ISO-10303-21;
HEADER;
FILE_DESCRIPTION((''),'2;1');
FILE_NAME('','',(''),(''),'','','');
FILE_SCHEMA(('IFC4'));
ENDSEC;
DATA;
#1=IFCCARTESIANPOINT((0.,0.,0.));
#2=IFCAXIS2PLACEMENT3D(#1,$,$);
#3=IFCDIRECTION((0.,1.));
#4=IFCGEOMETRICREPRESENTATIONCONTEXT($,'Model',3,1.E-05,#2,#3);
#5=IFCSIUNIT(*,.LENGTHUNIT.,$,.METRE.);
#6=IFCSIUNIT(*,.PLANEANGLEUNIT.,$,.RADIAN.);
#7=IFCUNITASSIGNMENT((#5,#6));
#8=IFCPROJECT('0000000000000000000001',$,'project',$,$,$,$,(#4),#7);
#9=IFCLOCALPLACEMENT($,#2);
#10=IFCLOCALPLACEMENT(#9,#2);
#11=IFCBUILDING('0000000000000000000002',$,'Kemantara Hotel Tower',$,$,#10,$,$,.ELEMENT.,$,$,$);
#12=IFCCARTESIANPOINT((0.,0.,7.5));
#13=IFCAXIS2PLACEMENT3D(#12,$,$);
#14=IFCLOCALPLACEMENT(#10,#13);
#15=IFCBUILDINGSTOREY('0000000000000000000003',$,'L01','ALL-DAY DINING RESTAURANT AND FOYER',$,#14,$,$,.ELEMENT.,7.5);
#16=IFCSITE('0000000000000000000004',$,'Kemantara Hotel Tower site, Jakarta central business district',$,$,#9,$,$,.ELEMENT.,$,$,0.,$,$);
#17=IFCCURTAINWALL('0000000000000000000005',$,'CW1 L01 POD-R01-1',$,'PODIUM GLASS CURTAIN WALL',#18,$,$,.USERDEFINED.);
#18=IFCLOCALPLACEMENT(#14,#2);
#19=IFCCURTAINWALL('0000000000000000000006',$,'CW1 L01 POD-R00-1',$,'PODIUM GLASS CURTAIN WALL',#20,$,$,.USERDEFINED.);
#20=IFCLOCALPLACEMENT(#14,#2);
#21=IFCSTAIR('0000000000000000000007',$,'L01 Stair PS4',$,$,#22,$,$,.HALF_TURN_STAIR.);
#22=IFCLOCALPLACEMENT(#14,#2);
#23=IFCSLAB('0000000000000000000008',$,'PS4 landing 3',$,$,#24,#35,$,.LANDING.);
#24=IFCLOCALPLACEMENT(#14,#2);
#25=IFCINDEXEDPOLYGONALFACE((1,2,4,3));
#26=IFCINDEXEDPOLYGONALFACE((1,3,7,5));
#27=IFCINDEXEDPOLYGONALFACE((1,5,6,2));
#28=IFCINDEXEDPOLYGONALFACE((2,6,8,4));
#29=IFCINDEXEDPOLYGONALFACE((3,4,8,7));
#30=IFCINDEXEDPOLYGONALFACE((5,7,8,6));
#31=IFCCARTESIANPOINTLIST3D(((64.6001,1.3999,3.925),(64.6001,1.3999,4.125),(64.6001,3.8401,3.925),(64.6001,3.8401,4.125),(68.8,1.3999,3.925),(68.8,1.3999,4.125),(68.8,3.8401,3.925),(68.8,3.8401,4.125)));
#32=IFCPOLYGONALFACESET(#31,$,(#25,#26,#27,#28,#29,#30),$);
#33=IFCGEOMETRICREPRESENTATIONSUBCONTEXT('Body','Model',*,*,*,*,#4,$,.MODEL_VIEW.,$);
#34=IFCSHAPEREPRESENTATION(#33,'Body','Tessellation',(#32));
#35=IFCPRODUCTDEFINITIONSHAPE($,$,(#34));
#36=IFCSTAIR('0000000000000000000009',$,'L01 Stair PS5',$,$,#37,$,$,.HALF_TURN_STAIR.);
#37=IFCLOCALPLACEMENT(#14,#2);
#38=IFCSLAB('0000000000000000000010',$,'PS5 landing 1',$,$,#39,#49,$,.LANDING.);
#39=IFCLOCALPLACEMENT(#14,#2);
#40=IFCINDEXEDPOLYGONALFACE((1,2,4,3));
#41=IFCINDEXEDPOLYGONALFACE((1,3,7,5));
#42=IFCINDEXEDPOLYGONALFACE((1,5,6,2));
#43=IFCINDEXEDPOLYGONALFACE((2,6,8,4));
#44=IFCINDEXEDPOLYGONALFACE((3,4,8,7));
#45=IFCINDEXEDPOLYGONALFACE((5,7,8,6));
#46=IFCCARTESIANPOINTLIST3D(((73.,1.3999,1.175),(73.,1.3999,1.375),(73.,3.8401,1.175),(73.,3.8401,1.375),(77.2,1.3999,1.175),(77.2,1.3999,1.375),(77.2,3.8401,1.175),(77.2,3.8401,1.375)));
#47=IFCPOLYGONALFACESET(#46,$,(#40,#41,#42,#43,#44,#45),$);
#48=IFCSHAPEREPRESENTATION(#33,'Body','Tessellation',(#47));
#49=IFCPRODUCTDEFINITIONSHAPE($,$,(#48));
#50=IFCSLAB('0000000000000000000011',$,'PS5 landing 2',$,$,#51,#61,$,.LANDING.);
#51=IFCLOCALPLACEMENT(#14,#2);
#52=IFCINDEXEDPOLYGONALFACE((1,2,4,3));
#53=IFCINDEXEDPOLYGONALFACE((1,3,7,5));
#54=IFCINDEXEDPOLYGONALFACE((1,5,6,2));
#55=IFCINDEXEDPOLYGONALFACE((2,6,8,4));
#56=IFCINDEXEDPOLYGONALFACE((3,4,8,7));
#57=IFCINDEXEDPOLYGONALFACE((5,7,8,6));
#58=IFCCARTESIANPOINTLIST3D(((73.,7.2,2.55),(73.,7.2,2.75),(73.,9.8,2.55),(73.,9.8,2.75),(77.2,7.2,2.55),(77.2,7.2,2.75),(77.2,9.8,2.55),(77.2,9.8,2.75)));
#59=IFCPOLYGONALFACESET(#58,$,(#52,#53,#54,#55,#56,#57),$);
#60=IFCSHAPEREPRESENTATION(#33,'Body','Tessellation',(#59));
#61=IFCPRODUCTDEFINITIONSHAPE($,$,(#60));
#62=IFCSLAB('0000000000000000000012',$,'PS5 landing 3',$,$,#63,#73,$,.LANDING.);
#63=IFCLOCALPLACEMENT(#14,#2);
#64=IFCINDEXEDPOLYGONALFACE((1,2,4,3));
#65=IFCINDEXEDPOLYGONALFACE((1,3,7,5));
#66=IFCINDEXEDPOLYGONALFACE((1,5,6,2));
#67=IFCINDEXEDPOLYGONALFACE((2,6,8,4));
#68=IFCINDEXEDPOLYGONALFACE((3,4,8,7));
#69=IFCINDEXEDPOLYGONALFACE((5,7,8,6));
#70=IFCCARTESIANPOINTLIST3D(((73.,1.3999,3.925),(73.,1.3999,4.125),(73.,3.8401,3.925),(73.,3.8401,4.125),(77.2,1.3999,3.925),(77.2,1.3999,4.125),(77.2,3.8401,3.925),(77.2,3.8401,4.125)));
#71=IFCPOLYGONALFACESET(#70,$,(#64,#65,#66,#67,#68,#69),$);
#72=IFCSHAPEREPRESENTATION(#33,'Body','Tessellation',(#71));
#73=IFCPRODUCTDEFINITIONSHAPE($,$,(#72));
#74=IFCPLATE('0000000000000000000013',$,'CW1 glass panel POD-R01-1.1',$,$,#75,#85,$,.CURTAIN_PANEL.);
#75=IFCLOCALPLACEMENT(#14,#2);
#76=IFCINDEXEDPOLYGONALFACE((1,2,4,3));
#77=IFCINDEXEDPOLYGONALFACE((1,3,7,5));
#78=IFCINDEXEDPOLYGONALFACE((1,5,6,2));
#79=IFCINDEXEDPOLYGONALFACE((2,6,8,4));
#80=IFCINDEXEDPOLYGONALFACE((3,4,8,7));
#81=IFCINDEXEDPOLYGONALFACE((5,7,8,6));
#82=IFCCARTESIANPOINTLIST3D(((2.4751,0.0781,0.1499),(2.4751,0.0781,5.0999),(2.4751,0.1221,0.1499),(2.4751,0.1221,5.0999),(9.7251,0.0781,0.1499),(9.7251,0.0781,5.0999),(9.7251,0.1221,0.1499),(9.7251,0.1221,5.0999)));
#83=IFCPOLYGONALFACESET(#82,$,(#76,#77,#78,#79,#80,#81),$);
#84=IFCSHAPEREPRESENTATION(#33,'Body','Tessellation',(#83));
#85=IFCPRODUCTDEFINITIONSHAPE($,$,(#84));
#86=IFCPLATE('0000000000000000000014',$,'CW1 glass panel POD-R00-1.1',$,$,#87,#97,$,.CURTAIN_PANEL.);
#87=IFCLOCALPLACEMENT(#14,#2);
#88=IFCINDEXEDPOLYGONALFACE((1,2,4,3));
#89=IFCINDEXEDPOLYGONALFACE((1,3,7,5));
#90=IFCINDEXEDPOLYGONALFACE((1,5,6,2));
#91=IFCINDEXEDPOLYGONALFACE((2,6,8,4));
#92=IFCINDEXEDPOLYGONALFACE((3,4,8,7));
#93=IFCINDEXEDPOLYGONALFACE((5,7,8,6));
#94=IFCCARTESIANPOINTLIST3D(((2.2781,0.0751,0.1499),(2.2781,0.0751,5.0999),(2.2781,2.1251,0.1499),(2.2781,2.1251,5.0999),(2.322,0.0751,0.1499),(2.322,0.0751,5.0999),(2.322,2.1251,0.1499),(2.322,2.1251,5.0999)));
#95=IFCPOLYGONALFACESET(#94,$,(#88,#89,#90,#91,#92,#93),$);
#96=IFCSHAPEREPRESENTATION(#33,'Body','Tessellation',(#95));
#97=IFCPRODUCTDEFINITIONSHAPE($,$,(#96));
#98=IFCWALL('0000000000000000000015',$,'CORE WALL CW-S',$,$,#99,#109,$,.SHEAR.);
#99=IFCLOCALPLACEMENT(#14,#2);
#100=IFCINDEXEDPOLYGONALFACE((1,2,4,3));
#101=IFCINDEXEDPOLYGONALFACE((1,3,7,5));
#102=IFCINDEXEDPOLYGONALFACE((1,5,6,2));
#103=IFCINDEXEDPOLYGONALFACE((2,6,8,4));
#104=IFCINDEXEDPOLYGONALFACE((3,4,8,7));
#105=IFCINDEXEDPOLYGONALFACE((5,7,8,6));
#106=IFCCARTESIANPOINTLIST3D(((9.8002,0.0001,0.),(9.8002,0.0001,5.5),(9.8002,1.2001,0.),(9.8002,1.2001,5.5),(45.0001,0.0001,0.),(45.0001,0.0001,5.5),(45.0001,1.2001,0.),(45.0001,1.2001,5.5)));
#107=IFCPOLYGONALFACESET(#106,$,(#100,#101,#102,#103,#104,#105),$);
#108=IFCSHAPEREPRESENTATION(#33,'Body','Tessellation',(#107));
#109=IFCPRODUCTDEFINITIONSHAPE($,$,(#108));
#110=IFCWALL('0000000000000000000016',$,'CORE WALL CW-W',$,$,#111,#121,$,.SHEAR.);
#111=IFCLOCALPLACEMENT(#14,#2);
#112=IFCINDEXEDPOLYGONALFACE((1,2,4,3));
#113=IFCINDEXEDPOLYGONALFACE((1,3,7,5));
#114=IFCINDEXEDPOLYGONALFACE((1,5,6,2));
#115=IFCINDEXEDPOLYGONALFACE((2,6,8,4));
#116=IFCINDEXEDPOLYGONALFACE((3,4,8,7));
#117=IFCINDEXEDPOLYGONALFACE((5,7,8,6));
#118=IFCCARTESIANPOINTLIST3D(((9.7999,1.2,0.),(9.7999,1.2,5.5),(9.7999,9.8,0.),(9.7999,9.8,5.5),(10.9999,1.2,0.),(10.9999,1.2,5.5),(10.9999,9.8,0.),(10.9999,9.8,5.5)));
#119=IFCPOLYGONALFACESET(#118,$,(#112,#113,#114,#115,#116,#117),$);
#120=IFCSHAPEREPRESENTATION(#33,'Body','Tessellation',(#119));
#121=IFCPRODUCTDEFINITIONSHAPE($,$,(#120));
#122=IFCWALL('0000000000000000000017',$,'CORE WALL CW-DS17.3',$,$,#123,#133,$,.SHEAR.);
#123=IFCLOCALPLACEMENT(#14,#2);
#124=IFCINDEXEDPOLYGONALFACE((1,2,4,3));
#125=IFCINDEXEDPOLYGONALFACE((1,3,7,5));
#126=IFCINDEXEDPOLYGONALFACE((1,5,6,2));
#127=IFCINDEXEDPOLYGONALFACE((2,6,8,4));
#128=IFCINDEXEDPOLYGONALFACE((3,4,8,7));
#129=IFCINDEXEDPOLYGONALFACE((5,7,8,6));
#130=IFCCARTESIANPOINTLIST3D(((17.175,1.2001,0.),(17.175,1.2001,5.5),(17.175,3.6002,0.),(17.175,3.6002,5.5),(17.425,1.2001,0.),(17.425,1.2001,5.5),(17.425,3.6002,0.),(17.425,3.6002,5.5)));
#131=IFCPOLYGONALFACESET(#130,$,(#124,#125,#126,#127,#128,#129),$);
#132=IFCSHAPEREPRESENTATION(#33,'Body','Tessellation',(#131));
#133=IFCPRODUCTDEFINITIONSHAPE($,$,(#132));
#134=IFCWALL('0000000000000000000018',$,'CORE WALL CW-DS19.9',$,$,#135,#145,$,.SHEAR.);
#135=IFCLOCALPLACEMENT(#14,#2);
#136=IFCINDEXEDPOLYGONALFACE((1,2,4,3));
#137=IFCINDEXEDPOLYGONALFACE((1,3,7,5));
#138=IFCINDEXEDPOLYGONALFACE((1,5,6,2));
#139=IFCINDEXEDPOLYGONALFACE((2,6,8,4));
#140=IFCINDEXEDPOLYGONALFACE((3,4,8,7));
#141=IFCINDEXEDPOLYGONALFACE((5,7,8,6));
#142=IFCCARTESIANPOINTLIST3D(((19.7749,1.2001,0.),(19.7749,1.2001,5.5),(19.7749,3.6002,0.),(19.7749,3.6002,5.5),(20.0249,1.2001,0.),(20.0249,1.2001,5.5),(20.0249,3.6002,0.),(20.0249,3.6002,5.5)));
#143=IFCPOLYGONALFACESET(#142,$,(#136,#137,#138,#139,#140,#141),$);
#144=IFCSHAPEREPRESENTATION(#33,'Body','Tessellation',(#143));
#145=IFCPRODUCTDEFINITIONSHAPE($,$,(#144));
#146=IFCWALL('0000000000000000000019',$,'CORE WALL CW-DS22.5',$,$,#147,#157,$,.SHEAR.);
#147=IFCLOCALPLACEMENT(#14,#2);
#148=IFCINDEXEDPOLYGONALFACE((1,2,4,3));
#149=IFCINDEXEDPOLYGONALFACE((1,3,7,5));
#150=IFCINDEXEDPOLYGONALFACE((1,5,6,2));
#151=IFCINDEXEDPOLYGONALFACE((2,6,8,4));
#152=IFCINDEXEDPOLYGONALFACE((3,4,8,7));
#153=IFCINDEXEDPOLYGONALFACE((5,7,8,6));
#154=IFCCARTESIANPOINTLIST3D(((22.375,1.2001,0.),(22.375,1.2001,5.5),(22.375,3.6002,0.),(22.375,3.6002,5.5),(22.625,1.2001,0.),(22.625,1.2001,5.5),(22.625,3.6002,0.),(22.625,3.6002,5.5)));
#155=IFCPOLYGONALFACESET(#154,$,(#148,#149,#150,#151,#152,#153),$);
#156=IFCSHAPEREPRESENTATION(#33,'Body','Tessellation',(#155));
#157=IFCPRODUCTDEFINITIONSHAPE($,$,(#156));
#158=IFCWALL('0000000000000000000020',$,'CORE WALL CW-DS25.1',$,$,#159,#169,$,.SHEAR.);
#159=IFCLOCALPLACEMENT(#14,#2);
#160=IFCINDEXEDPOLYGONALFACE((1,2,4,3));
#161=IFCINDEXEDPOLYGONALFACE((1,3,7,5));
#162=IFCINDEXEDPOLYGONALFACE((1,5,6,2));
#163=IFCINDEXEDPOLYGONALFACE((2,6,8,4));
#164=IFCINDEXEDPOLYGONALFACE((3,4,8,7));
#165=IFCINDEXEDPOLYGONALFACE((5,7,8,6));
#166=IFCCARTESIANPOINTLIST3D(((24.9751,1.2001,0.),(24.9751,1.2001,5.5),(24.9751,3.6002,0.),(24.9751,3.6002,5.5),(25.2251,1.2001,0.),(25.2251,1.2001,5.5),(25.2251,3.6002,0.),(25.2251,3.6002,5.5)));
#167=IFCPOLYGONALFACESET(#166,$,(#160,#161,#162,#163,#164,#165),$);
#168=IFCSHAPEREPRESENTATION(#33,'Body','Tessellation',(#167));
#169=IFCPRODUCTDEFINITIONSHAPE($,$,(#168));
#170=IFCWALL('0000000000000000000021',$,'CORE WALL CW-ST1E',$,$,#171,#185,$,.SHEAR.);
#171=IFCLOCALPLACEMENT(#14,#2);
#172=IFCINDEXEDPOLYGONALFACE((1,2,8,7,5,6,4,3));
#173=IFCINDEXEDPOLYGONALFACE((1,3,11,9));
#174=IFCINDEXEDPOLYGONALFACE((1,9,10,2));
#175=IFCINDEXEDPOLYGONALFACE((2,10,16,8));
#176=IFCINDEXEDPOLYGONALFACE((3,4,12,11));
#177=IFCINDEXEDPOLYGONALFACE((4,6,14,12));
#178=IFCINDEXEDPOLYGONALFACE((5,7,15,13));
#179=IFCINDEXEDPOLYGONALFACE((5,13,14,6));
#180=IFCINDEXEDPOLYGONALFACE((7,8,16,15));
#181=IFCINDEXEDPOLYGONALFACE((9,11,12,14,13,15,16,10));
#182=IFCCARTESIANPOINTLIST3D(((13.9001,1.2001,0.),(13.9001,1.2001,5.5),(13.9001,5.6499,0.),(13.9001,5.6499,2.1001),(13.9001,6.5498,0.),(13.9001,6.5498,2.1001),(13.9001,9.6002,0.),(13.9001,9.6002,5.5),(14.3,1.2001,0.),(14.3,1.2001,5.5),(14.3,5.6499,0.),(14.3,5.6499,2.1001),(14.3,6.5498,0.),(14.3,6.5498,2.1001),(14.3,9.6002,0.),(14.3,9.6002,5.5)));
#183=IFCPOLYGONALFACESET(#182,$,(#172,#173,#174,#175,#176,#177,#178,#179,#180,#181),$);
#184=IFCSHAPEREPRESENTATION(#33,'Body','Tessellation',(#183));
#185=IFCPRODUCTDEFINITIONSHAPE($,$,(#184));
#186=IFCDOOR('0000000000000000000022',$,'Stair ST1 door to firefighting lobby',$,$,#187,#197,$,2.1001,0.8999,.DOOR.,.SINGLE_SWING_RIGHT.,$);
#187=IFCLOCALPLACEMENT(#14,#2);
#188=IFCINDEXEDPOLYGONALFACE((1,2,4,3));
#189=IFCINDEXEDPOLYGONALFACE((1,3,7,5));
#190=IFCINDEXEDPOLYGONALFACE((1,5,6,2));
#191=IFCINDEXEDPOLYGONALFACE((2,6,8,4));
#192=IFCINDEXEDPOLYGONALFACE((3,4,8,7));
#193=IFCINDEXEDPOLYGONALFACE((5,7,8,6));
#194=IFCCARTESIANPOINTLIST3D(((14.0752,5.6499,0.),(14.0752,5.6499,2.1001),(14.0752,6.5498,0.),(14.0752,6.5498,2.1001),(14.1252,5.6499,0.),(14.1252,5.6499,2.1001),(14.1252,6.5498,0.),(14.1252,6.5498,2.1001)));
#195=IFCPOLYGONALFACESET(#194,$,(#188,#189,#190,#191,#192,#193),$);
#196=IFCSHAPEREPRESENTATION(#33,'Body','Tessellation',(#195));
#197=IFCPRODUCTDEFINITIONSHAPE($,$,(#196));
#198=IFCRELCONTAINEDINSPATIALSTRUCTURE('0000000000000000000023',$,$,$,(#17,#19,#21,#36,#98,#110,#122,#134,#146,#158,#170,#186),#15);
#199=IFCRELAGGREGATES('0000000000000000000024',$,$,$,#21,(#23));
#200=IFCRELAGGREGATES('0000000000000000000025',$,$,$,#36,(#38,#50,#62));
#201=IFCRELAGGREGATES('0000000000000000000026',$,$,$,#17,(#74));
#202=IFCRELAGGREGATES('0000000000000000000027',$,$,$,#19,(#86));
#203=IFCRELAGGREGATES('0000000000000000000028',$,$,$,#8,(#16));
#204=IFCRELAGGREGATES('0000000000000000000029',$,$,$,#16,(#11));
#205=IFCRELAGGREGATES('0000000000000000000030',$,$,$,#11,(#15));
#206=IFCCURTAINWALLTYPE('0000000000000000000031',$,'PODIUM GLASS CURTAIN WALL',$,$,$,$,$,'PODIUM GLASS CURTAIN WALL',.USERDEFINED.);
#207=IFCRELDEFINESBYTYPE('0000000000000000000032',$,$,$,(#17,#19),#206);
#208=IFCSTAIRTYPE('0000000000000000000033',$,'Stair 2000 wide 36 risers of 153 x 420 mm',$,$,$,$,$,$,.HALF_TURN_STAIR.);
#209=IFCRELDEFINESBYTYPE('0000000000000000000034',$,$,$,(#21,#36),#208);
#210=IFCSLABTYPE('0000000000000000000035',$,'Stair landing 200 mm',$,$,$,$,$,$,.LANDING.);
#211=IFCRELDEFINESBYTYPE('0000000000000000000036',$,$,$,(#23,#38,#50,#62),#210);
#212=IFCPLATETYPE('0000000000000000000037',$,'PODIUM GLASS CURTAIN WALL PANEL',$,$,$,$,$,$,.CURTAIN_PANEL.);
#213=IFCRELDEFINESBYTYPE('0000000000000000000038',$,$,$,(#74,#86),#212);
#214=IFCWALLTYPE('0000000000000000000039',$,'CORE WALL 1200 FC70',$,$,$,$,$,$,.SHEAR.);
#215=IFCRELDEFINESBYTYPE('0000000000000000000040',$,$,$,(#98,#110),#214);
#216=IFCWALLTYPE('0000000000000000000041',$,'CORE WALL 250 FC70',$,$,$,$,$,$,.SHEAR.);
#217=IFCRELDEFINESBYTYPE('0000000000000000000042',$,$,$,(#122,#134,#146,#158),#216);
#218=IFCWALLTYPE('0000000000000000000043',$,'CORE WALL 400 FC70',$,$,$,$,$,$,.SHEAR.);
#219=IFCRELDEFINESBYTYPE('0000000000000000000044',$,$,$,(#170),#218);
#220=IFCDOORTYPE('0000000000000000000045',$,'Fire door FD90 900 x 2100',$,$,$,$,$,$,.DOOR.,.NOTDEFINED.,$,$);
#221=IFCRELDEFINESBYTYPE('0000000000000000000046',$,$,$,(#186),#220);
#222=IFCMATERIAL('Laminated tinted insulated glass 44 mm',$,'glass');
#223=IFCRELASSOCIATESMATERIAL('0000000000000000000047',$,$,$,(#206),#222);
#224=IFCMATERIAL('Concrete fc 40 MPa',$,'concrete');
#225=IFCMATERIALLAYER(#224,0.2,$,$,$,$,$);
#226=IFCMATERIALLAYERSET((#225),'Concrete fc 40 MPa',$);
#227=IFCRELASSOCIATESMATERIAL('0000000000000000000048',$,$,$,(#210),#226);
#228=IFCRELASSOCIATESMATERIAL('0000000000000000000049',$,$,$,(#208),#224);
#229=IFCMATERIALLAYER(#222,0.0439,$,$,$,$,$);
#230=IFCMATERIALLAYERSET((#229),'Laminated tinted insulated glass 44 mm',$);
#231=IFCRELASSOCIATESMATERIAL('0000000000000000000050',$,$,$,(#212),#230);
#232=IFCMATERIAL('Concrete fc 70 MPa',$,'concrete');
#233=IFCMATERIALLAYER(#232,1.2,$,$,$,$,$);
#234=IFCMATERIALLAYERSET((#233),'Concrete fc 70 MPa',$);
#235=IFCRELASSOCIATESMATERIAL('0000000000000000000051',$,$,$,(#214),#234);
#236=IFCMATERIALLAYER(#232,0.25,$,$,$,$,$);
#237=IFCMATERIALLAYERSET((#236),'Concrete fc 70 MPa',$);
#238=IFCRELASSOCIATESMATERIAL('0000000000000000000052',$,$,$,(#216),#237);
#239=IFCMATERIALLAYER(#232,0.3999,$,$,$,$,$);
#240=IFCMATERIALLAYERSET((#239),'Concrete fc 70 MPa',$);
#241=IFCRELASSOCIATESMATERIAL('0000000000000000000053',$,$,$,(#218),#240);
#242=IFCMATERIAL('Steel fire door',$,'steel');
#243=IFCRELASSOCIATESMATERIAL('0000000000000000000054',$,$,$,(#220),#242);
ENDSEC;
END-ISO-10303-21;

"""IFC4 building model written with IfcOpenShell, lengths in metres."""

from ifc_helpers import new_model, si_unit, direction, frame, frame_2d, origin, origin_2d, place, context, subcontext, project, spatial, polyline, rectangle, outline, extrude, source, transform, mapped, material, layer, layer_set, type_object, element, fill, aggregate, save


model = new_model("IFC4")

# Units and contexts
model_context = context("Model", 3, precision=1e-05, world=origin(), true_north=direction((0.0, 1.0)))
body_context = subcontext(model_context, "Body", "Model", "MODEL_VIEW")
ifc_project = project(units=[si_unit("LENGTHUNIT", "METRE"), si_unit("PLANEANGLEUNIT", "RADIAN")], contexts=[model_context])

# Site, building, storey
site_placement = place(None, origin())
site = spatial("IfcSite", under=ifc_project, at=site_placement, Name="Kemantara Hotel Tower site, Jakarta central business district", CompositionType="ELEMENT", RefElevation=0.0)
building_placement = place(site_placement, origin())
building = spatial("IfcBuilding", under=site, at=building_placement, Name="Kemantara Hotel Tower", CompositionType="ELEMENT")
storey_placement = place(building_placement, frame((0.0, 0.0, 7.5)))
storey = spatial("IfcBuildingStorey", under=building, at=storey_placement, Name="L01", Description="ALL-DAY DINING RESTAURANT AND FOYER", CompositionType="ELEMENT", Elevation=7.5)

# Curtain walls
ifc_material_1 = material(Name="Laminated tinted insulated glass 44 mm", Category="glass")
curtain_wall_type = type_object("IfcCurtainWallType", Name="PODIUM GLASS CURTAIN WALL", ElementType="PODIUM GLASS CURTAIN WALL", PredefinedType="USERDEFINED", material=ifc_material_1)
curtain_wall_1_placement = place(storey_placement, origin())
curtain_wall_1 = element("IfcCurtainWall", 1, at=curtain_wall_1_placement, inside=storey, type_object=curtain_wall_type, Name="CW1 L01 POD-R01-1", ObjectType="PODIUM GLASS CURTAIN WALL", PredefinedType="USERDEFINED")
curtain_wall_2_placement = place(storey_placement, origin())
curtain_wall_2 = element("IfcCurtainWall", 2, at=curtain_wall_2_placement, inside=storey, type_object=curtain_wall_type, Name="CW1 L01 POD-R00-1", ObjectType="PODIUM GLASS CURTAIN WALL", PredefinedType="USERDEFINED")

# Shared definitions
ifc_material_2 = material(Name="Concrete fc 40 MPa", Category="concrete")
ifc_layer_1 = layer(ifc_material_2, 0.2)
ifc_layer_set_1 = layer_set([ifc_layer_1], Name="Concrete fc 40 MPa")
slab_type = type_object("IfcSlabType", Name="Stair landing 200 mm", PredefinedType="LANDING", material=ifc_layer_set_1)

# Stairs, slabs
stair_type_1 = type_object("IfcStairType", Name="Stair 2000 wide 36 risers of 153 x 420 mm", PredefinedType="HALF_TURN_STAIR", material=ifc_material_2)
stair_1_placement = place(storey_placement, origin())
stair_1 = element("IfcStair", 3, at=stair_1_placement, inside=storey, type_object=stair_type_1, Name="L01 Stair PS4", PredefinedType="HALF_TURN_STAIR")
slab_1_placement = place(storey_placement, frame((0.0, 0.0, 3.925)))
slab_1 = element("IfcSlab", 4, at=slab_1_placement, type_object=slab_type, Name="PS4 landing 3", PredefinedType="LANDING", context=body_context, shape_type="SweptSolid", body=[
    extrude(outline(polyline([(64.6001, 3.8401), (64.6001, 1.3999), (68.8, 1.3999), (68.8, 3.8401), (64.6001, 3.8401)])), origin(), (0.0, 0.0, 1.0), 0.2),
])
aggregate(stair_1, [slab_1])
stair_2_placement = place(storey_placement, origin())
stair_2 = element("IfcStair", 5, at=stair_2_placement, inside=storey, type_object=stair_type_1, Name="L01 Stair PS5", PredefinedType="HALF_TURN_STAIR")
slab_2_placement = place(storey_placement, frame((0.0, 0.0, 1.175)))
slab_2 = element("IfcSlab", 6, at=slab_2_placement, type_object=slab_type, Name="PS5 landing 1", PredefinedType="LANDING", context=body_context, shape_type="SweptSolid", body=[
    extrude(outline(polyline([(73.0, 3.8401), (73.0, 1.3999), (77.2, 1.3999), (77.2, 3.8401), (73.0, 3.8401)])), origin(), (0.0, 0.0, 1.0), 0.2),
])
slab_3_placement = place(storey_placement, frame((0.0, 0.0, 2.55)))
slab_3 = element("IfcSlab", 7, at=slab_3_placement, type_object=slab_type, Name="PS5 landing 2", PredefinedType="LANDING", context=body_context, shape_type="SweptSolid", body=[
    extrude(outline(polyline([(73.0, 9.8), (73.0, 7.2), (77.2, 7.2), (77.2, 9.8), (73.0, 9.8)])), origin(), (0.0, 0.0, 1.0), 0.2),
])
slab_4_placement = place(storey_placement, frame((0.0, 0.0, 3.925)))
slab_4 = element("IfcSlab", 8, at=slab_4_placement, type_object=slab_type, Name="PS5 landing 3", PredefinedType="LANDING", context=body_context, shape_type="SweptSolid", body=[
    extrude(outline(polyline([(73.0, 3.8401), (73.0, 1.3999), (77.2, 1.3999), (77.2, 3.8401), (73.0, 3.8401)])), origin(), (0.0, 0.0, 1.0), 0.2),
])
aggregate(stair_2, [slab_2, slab_3, slab_4])

# Plates
ifc_layer_2 = layer(ifc_material_1, 0.0439)
ifc_layer_set_2 = layer_set([ifc_layer_2], Name="Laminated tinted insulated glass 44 mm")
plate_type = type_object("IfcPlateType", Name="PODIUM GLASS CURTAIN WALL PANEL", PredefinedType="CURTAIN_PANEL", material=ifc_layer_set_2)
shared_shape_1 = source(origin(), body_context, "Body", "SweptSolid", [
    extrude(rectangle(XDim=7.25, YDim=0.0439, at=origin_2d()), origin(), (0.0, 0.0, 1.0), 4.95),
])
plate_1_placement = place(storey_placement, frame((6.1001, 0.1001, 0.1499), z_axis=(0.0, 0.0, 1.0), x_axis=(1.0, 0.0, 0.0)))
plate_1 = element("IfcPlate", 9, at=plate_1_placement, type_object=plate_type, Name="CW1 glass panel POD-R01-1.1", PredefinedType="CURTAIN_PANEL", context=body_context, shape_type="MappedRepresentation", body=[
    mapped(shared_shape_1, transform((0.0, 0.0, 0.0))),
])
aggregate(curtain_wall_1, [plate_1])
shared_shape_2 = source(origin(), body_context, "Body", "SweptSolid", [
    extrude(rectangle(XDim=2.05, YDim=0.0439, at=origin_2d()), origin(), (0.0, 0.0, 1.0), 4.95),
])
plate_2_placement = place(storey_placement, frame((2.3, 1.1001, 0.1499), z_axis=(0.0, 0.0, 1.0), x_axis=(0.0, -1.0, 0.0)))
plate_2 = element("IfcPlate", 10, at=plate_2_placement, type_object=plate_type, Name="CW1 glass panel POD-R00-1.1", PredefinedType="CURTAIN_PANEL", context=body_context, shape_type="MappedRepresentation", body=[
    mapped(shared_shape_2, transform((0.0, 0.0, 0.0))),
])
aggregate(curtain_wall_2, [plate_2])

# Walls
ifc_material_3 = material(Name="Concrete fc 70 MPa", Category="concrete")
ifc_layer_3 = layer(ifc_material_3, 1.2)
ifc_layer_set_3 = layer_set([ifc_layer_3], Name="Concrete fc 70 MPa")
wall_type_1 = type_object("IfcWallType", Name="CORE WALL 1200 FC70", PredefinedType="SHEAR", material=ifc_layer_set_3)
wall_1_placement = place(storey_placement, frame((9.8, 0.6001, 0.0), z_axis=(0.0, 0.0, 1.0), x_axis=(1.0, 0.0, 0.0)))
element("IfcWall", 11, at=wall_1_placement, inside=storey, type_object=wall_type_1, Name="CORE WALL CW-S", PredefinedType="SHEAR", context=body_context, shape_type="SweptSolid", body=[
    extrude(rectangle(XDim=35.2, YDim=1.2, at=frame_2d((17.6001, 0.0))), origin(), (0.0, 0.0, 1.0), 5.5),
])
wall_2_placement = place(storey_placement, frame((10.3999, 1.2, 0.0), z_axis=(0.0, 0.0, 1.0), x_axis=(0.0, 1.0, 0.0)))
element("IfcWall", 12, at=wall_2_placement, inside=storey, type_object=wall_type_1, Name="CORE WALL CW-W", PredefinedType="SHEAR", context=body_context, shape_type="SweptSolid", body=[
    extrude(rectangle(XDim=8.6001, YDim=1.2, at=frame_2d((4.3, 0.0))), origin(), (0.0, 0.0, 1.0), 5.5),
])
ifc_layer_4 = layer(ifc_material_3, 0.25)
ifc_layer_set_4 = layer_set([ifc_layer_4], Name="Concrete fc 70 MPa")
wall_type_2 = type_object("IfcWallType", Name="CORE WALL 250 FC70", PredefinedType="SHEAR", material=ifc_layer_set_4)
for number, where, z_axis, x_axis, name in (
    (13, (17.3, 1.2, 0.0), (0.0, 0.0, 1.0), (0.0, 1.0, 0.0), "CORE WALL CW-DS17.3"),
    (14, (19.8999, 1.2, 0.0), (0.0, 0.0, 1.0), (0.0, 1.0, 0.0), "CORE WALL CW-DS19.9"),
    (15, (22.5, 1.2, 0.0), (0.0, 0.0, 1.0), (0.0, 1.0, 0.0), "CORE WALL CW-DS22.5"),
    (16, (25.1001, 1.2, 0.0), (0.0, 0.0, 1.0), (0.0, 1.0, 0.0), "CORE WALL CW-DS25.1"),
):
    element("IfcWall", number, at=place(storey_placement, frame(where, z_axis=z_axis, x_axis=x_axis)), inside=storey, type_object=wall_type_2, Name=name, PredefinedType="SHEAR", context=body_context, shape_type="SweptSolid", body=[
        extrude(rectangle(XDim=2.4001, YDim=0.25, at=frame_2d((1.2002, 0.0))), origin(), (0.0, 0.0, 1.0), 5.5),
    ])

# Wall, opening, door
ifc_layer_5 = layer(ifc_material_3, 0.3999)
ifc_layer_set_5 = layer_set([ifc_layer_5], Name="Concrete fc 70 MPa")
wall_type_3 = type_object("IfcWallType", Name="CORE WALL 400 FC70", PredefinedType="SHEAR", material=ifc_layer_set_5)
wall_3_placement = place(storey_placement, frame((14.1001, 1.2, 0.0), z_axis=(0.0, 0.0, 1.0), x_axis=(0.0, 1.0, 0.0)))
wall_3 = element("IfcWall", 17, at=wall_3_placement, inside=storey, type_object=wall_type_3, Name="CORE WALL CW-ST1E", PredefinedType="SHEAR", context=body_context, shape_type="SweptSolid", body=[
    extrude(rectangle(XDim=8.4001, YDim=0.3999, at=frame_2d((4.2002, 0.0))), origin(), (0.0, 0.0, 1.0), 5.5),
])
opening_placement = place(wall_3_placement, frame((4.45, 0.0, 0.0)))
opening = element("IfcOpeningElement", 18, at=opening_placement, cuts=wall_3, PredefinedType="OPENING", context=body_context, shape_type="SweptSolid", body=[
    extrude(rectangle(XDim=0.8999, YDim=2.1001, at=frame_2d((0.45, 1.05))), frame((0.0, 0.21, 0.0), z_axis=(0.0, -1.0, 0.0), x_axis=(1.0, 0.0, 0.0)), (0.0, 0.0, 1.0), 0.4199),
])
ifc_material_4 = material(Name="Steel fire door", Category="steel")
door_type = type_object("IfcDoorType", Name="Fire door FD90 900 x 2100", OperationType="NOTDEFINED", PredefinedType="DOOR", material=ifc_material_4)
door_placement = place(opening_placement, origin())
door = element("IfcDoor", 19, at=door_placement, inside=storey, type_object=door_type, Name="Stair ST1 door to firefighting lobby", OperationType="SINGLE_SWING_RIGHT", OverallHeight=2.1001, OverallWidth=0.8999, PredefinedType="DOOR", context=body_context, shape_type="SweptSolid", body=[
    extrude(rectangle(XDim=0.8999, YDim=2.1001, at=frame_2d((0.45, 1.05))), frame((0.0, 0.0249, 0.0), z_axis=(0.0, -1.0, 0.0), x_axis=(1.0, 0.0, 0.0)), (0.0, 0.0, 1.0), 0.05),
])
fill(opening, door)

save(model, "model.ifc")
